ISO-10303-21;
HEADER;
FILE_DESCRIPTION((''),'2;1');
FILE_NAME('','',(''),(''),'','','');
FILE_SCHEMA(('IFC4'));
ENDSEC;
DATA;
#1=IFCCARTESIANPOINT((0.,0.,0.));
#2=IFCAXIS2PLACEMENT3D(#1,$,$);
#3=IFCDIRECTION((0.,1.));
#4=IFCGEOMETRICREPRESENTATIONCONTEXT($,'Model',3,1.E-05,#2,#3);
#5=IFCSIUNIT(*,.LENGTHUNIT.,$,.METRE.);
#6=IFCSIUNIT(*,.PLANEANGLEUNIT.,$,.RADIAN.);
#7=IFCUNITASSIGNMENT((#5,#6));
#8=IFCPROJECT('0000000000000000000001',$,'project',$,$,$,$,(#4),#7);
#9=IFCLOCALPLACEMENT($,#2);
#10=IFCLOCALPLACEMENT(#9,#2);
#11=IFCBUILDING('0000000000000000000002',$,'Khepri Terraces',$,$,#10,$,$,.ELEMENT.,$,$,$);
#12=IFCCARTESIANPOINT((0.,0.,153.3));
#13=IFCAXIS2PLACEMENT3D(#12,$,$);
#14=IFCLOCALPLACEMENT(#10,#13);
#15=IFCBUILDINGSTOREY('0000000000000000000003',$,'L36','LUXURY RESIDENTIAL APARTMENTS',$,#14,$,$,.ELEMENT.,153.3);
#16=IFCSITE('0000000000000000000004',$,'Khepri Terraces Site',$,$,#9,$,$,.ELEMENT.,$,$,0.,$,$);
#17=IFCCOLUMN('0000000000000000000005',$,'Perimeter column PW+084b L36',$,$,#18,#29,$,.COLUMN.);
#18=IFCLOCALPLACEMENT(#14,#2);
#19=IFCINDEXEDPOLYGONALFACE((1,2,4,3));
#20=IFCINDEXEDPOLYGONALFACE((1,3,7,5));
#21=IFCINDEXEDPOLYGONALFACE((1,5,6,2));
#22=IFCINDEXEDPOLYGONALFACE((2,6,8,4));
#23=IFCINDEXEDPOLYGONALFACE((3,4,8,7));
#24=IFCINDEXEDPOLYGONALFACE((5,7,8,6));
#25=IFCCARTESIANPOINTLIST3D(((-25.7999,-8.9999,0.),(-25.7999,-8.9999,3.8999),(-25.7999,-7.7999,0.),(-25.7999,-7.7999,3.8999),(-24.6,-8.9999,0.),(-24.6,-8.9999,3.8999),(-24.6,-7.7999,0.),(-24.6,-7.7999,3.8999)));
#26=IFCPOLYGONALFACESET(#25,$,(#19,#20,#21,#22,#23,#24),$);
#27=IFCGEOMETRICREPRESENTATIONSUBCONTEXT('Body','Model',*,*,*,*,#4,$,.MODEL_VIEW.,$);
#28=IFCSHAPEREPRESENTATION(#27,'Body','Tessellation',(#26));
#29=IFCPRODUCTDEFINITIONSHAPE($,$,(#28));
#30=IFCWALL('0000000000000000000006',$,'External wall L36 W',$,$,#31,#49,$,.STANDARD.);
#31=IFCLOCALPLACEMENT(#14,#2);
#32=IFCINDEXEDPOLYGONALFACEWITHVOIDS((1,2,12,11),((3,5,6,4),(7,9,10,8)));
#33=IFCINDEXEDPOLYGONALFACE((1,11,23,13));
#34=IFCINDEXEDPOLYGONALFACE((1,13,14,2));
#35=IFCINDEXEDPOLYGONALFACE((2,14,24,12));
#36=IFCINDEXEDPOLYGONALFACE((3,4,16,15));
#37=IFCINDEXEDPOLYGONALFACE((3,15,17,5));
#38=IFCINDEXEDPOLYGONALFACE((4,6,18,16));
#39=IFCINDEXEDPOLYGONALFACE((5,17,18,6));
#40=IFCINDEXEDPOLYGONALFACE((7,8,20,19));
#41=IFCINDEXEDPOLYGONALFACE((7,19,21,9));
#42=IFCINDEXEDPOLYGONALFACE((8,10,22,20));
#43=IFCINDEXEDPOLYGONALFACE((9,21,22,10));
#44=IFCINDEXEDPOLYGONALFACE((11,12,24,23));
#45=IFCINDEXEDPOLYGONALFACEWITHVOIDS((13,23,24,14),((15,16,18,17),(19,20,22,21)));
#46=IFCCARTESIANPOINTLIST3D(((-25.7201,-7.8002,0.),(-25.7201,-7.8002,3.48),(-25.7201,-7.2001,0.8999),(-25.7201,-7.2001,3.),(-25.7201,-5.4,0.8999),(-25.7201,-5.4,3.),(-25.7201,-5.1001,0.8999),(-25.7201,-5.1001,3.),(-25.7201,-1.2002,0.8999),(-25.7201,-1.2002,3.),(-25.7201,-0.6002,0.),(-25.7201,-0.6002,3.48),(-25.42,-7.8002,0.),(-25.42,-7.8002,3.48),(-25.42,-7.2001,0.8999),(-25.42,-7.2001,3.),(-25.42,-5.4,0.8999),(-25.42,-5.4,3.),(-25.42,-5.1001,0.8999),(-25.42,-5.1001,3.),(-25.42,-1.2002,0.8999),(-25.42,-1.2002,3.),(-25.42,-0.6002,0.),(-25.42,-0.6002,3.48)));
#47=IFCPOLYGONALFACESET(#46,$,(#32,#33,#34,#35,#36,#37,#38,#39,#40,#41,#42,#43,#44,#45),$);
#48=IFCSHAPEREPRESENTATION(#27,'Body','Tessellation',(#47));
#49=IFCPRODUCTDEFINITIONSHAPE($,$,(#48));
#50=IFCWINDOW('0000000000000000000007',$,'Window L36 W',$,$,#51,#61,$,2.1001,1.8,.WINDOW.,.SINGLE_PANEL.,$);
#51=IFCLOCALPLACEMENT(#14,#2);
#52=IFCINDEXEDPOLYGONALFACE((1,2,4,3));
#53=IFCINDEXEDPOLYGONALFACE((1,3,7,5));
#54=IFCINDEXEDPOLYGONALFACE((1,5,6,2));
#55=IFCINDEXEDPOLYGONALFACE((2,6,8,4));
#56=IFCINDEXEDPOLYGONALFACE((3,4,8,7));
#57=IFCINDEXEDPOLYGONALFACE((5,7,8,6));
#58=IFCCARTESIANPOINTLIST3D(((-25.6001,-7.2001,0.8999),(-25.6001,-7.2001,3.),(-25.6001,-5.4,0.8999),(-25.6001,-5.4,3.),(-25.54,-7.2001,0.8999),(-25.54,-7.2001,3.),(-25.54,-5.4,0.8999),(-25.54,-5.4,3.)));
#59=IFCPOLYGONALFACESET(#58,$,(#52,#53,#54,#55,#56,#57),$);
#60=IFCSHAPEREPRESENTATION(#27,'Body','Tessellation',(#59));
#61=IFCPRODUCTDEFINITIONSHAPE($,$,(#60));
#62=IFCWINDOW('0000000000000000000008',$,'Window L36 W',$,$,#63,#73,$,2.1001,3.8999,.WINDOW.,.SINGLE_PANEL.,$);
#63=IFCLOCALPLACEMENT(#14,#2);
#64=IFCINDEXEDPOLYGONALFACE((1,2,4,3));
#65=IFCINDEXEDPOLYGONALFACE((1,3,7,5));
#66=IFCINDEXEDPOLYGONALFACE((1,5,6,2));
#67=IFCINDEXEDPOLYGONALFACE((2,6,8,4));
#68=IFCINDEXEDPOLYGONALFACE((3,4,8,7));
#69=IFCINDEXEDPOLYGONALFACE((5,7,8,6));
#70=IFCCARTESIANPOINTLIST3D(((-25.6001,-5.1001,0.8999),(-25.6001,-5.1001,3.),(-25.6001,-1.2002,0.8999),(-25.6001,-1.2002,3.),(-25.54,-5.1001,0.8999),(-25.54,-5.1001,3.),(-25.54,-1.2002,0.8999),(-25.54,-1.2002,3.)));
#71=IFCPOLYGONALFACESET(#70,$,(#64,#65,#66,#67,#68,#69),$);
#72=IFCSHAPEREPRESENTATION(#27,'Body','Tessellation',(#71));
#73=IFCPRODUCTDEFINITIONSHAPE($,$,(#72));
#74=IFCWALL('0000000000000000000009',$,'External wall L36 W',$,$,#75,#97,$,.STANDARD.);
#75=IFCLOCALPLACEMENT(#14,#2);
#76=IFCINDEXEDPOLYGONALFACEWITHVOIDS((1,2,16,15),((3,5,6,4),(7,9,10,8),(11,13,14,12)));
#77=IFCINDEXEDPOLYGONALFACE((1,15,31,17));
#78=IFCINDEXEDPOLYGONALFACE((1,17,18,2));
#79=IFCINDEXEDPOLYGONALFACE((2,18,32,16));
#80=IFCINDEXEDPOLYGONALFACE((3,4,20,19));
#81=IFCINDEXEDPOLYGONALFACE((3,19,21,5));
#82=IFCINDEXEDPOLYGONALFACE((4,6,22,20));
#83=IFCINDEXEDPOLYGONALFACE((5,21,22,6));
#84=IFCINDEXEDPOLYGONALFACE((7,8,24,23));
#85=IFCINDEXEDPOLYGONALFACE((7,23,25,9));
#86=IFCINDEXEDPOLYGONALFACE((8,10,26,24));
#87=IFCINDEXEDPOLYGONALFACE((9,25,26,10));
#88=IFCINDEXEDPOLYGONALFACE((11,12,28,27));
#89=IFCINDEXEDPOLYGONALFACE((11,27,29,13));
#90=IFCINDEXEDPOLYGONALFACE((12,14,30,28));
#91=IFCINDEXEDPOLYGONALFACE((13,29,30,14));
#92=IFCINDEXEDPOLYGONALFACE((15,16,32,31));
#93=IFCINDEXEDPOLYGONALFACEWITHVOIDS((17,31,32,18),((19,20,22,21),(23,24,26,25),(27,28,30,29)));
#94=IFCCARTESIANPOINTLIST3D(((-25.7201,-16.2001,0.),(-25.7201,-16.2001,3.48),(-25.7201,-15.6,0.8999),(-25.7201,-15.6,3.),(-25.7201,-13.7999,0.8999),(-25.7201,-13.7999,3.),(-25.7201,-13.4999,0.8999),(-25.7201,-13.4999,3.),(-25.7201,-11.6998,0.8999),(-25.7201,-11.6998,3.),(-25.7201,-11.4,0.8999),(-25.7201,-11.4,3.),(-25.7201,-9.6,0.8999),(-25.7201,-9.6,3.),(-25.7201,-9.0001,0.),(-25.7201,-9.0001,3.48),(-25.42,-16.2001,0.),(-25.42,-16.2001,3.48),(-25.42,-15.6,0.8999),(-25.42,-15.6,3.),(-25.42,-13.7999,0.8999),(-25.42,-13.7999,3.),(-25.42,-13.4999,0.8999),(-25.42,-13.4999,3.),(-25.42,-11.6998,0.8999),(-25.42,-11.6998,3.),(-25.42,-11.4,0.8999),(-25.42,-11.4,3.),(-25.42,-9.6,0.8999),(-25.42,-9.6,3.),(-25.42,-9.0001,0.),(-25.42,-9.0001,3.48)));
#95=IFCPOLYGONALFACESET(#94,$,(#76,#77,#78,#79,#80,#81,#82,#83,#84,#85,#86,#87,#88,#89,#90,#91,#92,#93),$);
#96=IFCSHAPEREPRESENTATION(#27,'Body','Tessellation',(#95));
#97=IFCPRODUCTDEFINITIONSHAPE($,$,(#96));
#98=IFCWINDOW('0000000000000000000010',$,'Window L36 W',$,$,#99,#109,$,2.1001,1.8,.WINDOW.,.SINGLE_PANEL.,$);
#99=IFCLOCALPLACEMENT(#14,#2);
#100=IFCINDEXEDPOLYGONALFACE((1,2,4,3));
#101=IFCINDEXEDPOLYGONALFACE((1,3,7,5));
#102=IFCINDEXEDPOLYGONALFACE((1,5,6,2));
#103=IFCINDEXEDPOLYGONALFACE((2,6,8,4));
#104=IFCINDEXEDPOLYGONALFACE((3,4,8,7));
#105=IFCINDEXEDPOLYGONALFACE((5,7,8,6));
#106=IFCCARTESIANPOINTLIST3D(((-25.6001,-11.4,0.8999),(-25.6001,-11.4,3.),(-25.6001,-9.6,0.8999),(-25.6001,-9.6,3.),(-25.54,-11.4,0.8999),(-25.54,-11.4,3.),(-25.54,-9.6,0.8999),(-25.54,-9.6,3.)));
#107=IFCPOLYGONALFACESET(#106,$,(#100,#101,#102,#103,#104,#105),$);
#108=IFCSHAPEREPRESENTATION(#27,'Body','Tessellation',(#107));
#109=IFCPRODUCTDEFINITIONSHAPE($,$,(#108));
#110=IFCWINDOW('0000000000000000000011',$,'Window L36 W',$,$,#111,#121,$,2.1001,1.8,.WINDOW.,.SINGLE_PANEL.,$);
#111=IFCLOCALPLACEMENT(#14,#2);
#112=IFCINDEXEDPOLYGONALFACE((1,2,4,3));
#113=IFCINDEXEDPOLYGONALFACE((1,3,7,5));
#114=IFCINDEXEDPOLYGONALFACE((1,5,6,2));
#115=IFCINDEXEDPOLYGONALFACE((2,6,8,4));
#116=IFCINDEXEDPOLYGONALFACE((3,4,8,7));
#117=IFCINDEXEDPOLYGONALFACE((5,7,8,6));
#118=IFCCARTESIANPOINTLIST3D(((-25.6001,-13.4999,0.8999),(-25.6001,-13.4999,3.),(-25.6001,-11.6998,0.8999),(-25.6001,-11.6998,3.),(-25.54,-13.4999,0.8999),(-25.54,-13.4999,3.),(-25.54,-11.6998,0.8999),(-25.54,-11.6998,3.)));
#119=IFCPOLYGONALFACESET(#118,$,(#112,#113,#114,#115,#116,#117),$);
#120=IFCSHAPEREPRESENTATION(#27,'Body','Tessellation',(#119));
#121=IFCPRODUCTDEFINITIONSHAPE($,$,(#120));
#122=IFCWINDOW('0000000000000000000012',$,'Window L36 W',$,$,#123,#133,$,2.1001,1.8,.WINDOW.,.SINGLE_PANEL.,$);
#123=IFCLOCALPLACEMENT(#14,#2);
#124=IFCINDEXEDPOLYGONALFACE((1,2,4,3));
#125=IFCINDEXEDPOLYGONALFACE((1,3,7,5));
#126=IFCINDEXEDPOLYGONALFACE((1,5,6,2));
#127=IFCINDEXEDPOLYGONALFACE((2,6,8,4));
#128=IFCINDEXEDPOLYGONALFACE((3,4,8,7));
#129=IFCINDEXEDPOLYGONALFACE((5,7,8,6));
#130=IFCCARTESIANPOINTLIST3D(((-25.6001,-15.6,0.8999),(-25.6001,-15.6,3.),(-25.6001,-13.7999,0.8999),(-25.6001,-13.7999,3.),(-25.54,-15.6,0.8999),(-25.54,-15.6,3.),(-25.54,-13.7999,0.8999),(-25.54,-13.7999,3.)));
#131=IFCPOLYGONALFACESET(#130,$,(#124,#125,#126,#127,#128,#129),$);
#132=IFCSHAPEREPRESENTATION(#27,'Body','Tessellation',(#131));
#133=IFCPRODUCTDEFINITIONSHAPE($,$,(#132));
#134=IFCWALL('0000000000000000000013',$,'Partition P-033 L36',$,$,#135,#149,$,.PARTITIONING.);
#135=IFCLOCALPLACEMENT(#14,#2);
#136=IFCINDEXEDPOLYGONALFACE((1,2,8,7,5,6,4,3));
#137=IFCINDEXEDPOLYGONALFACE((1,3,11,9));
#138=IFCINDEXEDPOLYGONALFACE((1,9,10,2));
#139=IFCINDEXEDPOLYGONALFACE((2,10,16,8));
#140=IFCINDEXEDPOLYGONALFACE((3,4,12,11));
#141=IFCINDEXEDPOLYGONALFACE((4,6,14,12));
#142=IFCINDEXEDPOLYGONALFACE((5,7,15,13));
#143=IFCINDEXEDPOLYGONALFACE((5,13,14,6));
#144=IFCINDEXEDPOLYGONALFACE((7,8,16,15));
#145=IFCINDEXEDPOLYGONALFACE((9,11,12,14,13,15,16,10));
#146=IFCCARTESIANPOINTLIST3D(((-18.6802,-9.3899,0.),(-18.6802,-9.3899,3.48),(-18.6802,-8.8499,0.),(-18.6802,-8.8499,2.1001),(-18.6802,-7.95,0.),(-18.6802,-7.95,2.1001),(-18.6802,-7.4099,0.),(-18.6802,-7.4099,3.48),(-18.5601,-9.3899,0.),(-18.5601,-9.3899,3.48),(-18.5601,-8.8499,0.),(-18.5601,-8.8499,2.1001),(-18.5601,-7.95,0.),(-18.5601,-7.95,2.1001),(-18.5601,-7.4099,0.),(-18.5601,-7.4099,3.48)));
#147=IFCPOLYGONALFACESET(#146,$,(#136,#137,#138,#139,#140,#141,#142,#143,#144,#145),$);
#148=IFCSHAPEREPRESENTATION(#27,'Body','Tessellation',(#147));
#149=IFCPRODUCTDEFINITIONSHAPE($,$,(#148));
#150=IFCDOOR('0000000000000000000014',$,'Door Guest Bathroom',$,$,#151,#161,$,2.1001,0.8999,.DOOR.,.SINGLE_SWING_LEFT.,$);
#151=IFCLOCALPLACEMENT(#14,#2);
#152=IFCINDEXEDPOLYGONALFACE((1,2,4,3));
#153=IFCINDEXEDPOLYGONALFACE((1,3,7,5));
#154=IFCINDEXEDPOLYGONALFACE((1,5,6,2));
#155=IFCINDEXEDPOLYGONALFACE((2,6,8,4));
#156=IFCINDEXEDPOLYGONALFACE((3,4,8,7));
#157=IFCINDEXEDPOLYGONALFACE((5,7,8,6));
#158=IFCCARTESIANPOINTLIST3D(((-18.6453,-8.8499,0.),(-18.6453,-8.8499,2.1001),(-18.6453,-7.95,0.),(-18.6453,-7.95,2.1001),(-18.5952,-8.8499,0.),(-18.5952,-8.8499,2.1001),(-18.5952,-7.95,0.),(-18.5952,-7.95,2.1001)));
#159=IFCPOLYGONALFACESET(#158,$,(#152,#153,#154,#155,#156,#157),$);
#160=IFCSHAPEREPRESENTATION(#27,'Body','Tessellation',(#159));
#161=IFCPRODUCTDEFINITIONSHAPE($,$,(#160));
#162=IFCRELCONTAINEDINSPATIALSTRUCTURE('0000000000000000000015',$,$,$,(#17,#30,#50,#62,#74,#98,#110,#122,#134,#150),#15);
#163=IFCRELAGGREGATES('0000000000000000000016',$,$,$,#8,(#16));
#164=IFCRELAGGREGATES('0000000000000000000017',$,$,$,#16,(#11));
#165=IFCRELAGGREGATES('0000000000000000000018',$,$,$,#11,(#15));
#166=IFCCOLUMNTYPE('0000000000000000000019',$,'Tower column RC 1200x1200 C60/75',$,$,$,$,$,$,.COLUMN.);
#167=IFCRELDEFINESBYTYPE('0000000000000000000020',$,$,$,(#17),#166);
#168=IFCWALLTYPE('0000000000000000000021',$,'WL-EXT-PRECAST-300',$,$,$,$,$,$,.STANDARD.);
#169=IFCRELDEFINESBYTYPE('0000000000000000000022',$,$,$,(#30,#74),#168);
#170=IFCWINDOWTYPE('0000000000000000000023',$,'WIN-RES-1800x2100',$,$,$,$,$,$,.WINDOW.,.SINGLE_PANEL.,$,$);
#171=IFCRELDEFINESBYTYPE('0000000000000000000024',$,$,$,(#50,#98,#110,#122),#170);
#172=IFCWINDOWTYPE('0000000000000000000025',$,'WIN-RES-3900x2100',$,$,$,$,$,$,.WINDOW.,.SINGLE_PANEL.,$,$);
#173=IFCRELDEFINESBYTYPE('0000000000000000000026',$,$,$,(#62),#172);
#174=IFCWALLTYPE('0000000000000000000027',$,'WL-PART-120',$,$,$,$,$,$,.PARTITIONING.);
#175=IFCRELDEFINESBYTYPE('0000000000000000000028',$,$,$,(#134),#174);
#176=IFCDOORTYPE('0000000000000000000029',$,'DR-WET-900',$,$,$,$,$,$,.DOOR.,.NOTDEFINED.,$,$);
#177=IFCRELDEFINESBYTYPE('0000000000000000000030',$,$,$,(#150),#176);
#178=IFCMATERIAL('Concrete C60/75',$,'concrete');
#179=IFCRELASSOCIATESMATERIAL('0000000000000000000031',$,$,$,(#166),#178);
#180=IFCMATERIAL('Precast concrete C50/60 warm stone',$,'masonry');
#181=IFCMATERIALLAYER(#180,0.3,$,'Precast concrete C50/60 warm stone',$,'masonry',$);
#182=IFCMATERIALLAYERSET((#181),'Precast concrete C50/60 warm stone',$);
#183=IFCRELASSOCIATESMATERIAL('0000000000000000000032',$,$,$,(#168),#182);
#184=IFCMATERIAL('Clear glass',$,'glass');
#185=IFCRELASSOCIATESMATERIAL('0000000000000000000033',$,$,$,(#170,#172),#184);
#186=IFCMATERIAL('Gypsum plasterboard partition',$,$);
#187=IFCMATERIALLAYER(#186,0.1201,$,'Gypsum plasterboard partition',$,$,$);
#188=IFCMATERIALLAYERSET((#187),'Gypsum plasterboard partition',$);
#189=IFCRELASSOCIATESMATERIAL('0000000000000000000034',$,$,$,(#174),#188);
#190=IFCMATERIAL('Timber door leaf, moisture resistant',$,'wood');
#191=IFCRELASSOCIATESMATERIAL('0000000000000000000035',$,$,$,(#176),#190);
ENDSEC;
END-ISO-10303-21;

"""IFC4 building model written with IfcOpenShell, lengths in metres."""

from ifc_helpers import new_model, si_unit, direction, frame, frame_2d, origin, origin_2d, place, context, subcontext, project, spatial, rectangle, extrude, material, layer, layer_set, material_profile, profile_set, type_object, element, fill, save


model = new_model("IFC4")

# Units and contexts
model_context = context("Model", 3, precision=1e-05, world=origin(), true_north=direction((0.0, 1.0)))
body_context = subcontext(model_context, "Body", "Model", "MODEL_VIEW")
ifc_project = project(units=[si_unit("LENGTHUNIT", "METRE"), si_unit("PLANEANGLEUNIT", "RADIAN")], contexts=[model_context])

# Site, building, storey
site_placement = place(None, origin())
site = spatial("IfcSite", under=ifc_project, at=site_placement, Name="Khepri Terraces Site", CompositionType="ELEMENT", RefElevation=0.0)
building_placement = place(site_placement, origin())
building = spatial("IfcBuilding", under=site, at=building_placement, Name="Khepri Terraces", CompositionType="ELEMENT")
storey_placement = place(building_placement, frame((0.0, 0.0, 153.3)))
storey = spatial("IfcBuildingStorey", under=building, at=storey_placement, Name="L36", Description="LUXURY RESIDENTIAL APARTMENTS", CompositionType="ELEMENT", Elevation=153.3)

# Column
ifc_material_1 = material(Name="Concrete C60/75", Category="concrete")
ifc_material_profile = material_profile(ifc_material_1, rectangle(XDim=1.2, YDim=1.2, at=origin_2d()), Name="Concrete C60/75", Category="concrete")
ifc_profile_set = profile_set([ifc_material_profile], Name="Concrete C60/75")
column_type = type_object("IfcColumnType", Name="Tower column RC 1200x1200 C60/75", PredefinedType="COLUMN", material=ifc_profile_set)
column_placement = place(storey_placement, frame((-25.2, -8.3999, 0.0), z_axis=(0.0, 0.0, 1.0), x_axis=(1.0, 0.0, 0.0)))
element("IfcColumn", 1, at=column_placement, inside=storey, type_object=column_type, Name="Perimeter column PW+084b L36", PredefinedType="COLUMN", context=body_context, shape_type="SweptSolid", body=[
    extrude(rectangle(XDim=1.2, YDim=1.2, at=origin_2d()), origin(), (0.0, 0.0, 1.0), 3.8999),
])

# Walls, openings, windows
ifc_material_2 = material(Name="Precast concrete C50/60 warm stone", Category="masonry")
ifc_layer_1 = layer(ifc_material_2, 0.3, Name="Precast concrete C50/60 warm stone", Category="masonry")
ifc_layer_set_1 = layer_set([ifc_layer_1], Name="Precast concrete C50/60 warm stone")
wall_type_1 = type_object("IfcWallType", Name="WL-EXT-PRECAST-300", PredefinedType="STANDARD", material=ifc_layer_set_1)
wall_1_placement = place(storey_placement, frame((-25.5701, -0.6001, 0.0), z_axis=(0.0, 0.0, 1.0), x_axis=(0.0, -1.0, 0.0)))
wall_1 = element("IfcWall", 2, at=wall_1_placement, inside=storey, type_object=wall_type_1, Name="External wall L36 W", PredefinedType="STANDARD", context=body_context, shape_type="SweptSolid", body=[
    extrude(rectangle(XDim=7.2, YDim=0.3, at=frame_2d((3.6001, 0.0))), origin(), (0.0, 0.0, 1.0), 3.48),
])
opening_1_placement = place(wall_1_placement, frame((0.6001, 0.0, 0.8999)))
opening_1 = element("IfcOpeningElement", 3, at=opening_1_placement, cuts=wall_1, PredefinedType="OPENING", context=body_context, shape_type="SweptSolid", body=[
    extrude(rectangle(XDim=3.8999, YDim=2.1001, at=frame_2d((1.95, 1.05))), frame((0.0, 0.1602, 0.0), z_axis=(0.0, -1.0, 0.0), x_axis=(1.0, 0.0, 0.0)), (0.0, 0.0, 1.0), 0.3201),
])
opening_2_placement = place(wall_1_placement, frame((4.8, 0.0, 0.8999)))
opening_2 = element("IfcOpeningElement", 4, at=opening_2_placement, cuts=wall_1, PredefinedType="OPENING", context=body_context, shape_type="SweptSolid", body=[
    extrude(rectangle(XDim=1.8, YDim=2.1001, at=frame_2d((0.8999, 1.05))), frame((0.0, 0.1602, 0.0), z_axis=(0.0, -1.0, 0.0), x_axis=(1.0, 0.0, 0.0)), (0.0, 0.0, 1.0), 0.3201),
])
ifc_material_3 = material(Name="Clear glass", Category="glass")
window_type_1 = type_object("IfcWindowType", Name="WIN-RES-1800x2100", PartitioningType="SINGLE_PANEL", PredefinedType="WINDOW", material=ifc_material_3)
window_1_placement = place(opening_2_placement, origin())
window_1 = element("IfcWindow", 5, at=window_1_placement, inside=storey, type_object=window_type_1, Name="Window L36 W", OverallHeight=2.1001, OverallWidth=1.8, PartitioningType="SINGLE_PANEL", PredefinedType="WINDOW", context=body_context, shape_type="SweptSolid", body=[
    extrude(rectangle(XDim=1.8, YDim=2.1001, at=frame_2d((0.8999, 1.05))), frame((0.0, 0.03, 0.0), z_axis=(0.0, -1.0, 0.0), x_axis=(1.0, 0.0, 0.0)), (0.0, 0.0, 1.0), 0.0601),
])
fill(opening_2, window_1)
window_type_2 = type_object("IfcWindowType", Name="WIN-RES-3900x2100", PartitioningType="SINGLE_PANEL", PredefinedType="WINDOW", material=ifc_material_3)
window_2_placement = place(opening_1_placement, origin())
window_2 = element("IfcWindow", 6, at=window_2_placement, inside=storey, type_object=window_type_2, Name="Window L36 W", OverallHeight=2.1001, OverallWidth=3.8999, PartitioningType="SINGLE_PANEL", PredefinedType="WINDOW", context=body_context, shape_type="SweptSolid", body=[
    extrude(rectangle(XDim=3.8999, YDim=2.1001, at=frame_2d((1.95, 1.05))), frame((0.0, 0.03, 0.0), z_axis=(0.0, -1.0, 0.0), x_axis=(1.0, 0.0, 0.0)), (0.0, 0.0, 1.0), 0.0601),
])
fill(opening_1, window_2)
wall_2_placement = place(storey_placement, frame((-25.5701, -9.0, 0.0), z_axis=(0.0, 0.0, 1.0), x_axis=(0.0, -1.0, 0.0)))
wall_2 = element("IfcWall", 7, at=wall_2_placement, inside=storey, type_object=wall_type_1, Name="External wall L36 W", PredefinedType="STANDARD", context=body_context, shape_type="SweptSolid", body=[
    extrude(rectangle(XDim=7.2, YDim=0.3, at=frame_2d((3.6001, 0.0))), origin(), (0.0, 0.0, 1.0), 3.48),
])
opening_3_placement = place(wall_2_placement, frame((0.6001, 0.0, 0.8999)))
opening_3 = element("IfcOpeningElement", 8, at=opening_3_placement, cuts=wall_2, PredefinedType="OPENING", context=body_context, shape_type="SweptSolid", body=[
    extrude(rectangle(XDim=1.8, YDim=2.1001, at=frame_2d((0.8999, 1.05))), frame((0.0, 0.1602, 0.0), z_axis=(0.0, -1.0, 0.0), x_axis=(1.0, 0.0, 0.0)), (0.0, 0.0, 1.0), 0.3201),
])
opening_4_placement = place(wall_2_placement, frame((2.7, 0.0, 0.8999)))
opening_4 = element("IfcOpeningElement", 9, at=opening_4_placement, cuts=wall_2, PredefinedType="OPENING", context=body_context, shape_type="SweptSolid", body=[
    extrude(rectangle(XDim=1.8, YDim=2.1001, at=frame_2d((0.8999, 1.05))), frame((0.0, 0.1602, 0.0), z_axis=(0.0, -1.0, 0.0), x_axis=(1.0, 0.0, 0.0)), (0.0, 0.0, 1.0), 0.3201),
])
opening_5_placement = place(wall_2_placement, frame((4.8, 0.0, 0.8999)))
opening_5 = element("IfcOpeningElement", 10, at=opening_5_placement, cuts=wall_2, PredefinedType="OPENING", context=body_context, shape_type="SweptSolid", body=[
    extrude(rectangle(XDim=1.8, YDim=2.1001, at=frame_2d((0.8999, 1.05))), frame((0.0, 0.1602, 0.0), z_axis=(0.0, -1.0, 0.0), x_axis=(1.0, 0.0, 0.0)), (0.0, 0.0, 1.0), 0.3201),
])
window_3_placement = place(opening_3_placement, origin())
window_3 = element("IfcWindow", 11, at=window_3_placement, inside=storey, type_object=window_type_1, Name="Window L36 W", OverallHeight=2.1001, OverallWidth=1.8, PartitioningType="SINGLE_PANEL", PredefinedType="WINDOW", context=body_context, shape_type="SweptSolid", body=[
    extrude(rectangle(XDim=1.8, YDim=2.1001, at=frame_2d((0.8999, 1.05))), frame((0.0, 0.03, 0.0), z_axis=(0.0, -1.0, 0.0), x_axis=(1.0, 0.0, 0.0)), (0.0, 0.0, 1.0), 0.0601),
])
fill(opening_3, window_3)
window_4_placement = place(opening_4_placement, origin())
window_4 = element("IfcWindow", 12, at=window_4_placement, inside=storey, type_object=window_type_1, Name="Window L36 W", OverallHeight=2.1001, OverallWidth=1.8, PartitioningType="SINGLE_PANEL", PredefinedType="WINDOW", context=body_context, shape_type="SweptSolid", body=[
    extrude(rectangle(XDim=1.8, YDim=2.1001, at=frame_2d((0.8999, 1.05))), frame((0.0, 0.03, 0.0), z_axis=(0.0, -1.0, 0.0), x_axis=(1.0, 0.0, 0.0)), (0.0, 0.0, 1.0), 0.0601),
])
fill(opening_4, window_4)
window_5_placement = place(opening_5_placement, origin())
window_5 = element("IfcWindow", 13, at=window_5_placement, inside=storey, type_object=window_type_1, Name="Window L36 W", OverallHeight=2.1001, OverallWidth=1.8, PartitioningType="SINGLE_PANEL", PredefinedType="WINDOW", context=body_context, shape_type="SweptSolid", body=[
    extrude(rectangle(XDim=1.8, YDim=2.1001, at=frame_2d((0.8999, 1.05))), frame((0.0, 0.03, 0.0), z_axis=(0.0, -1.0, 0.0), x_axis=(1.0, 0.0, 0.0)), (0.0, 0.0, 1.0), 0.0601),
])
fill(opening_5, window_5)

# Wall, opening, door
ifc_material_4 = material(Name="Gypsum plasterboard partition")
ifc_layer_2 = layer(ifc_material_4, 0.1201, Name="Gypsum plasterboard partition")
ifc_layer_set_2 = layer_set([ifc_layer_2], Name="Gypsum plasterboard partition")
wall_type_2 = type_object("IfcWallType", Name="WL-PART-120", PredefinedType="PARTITIONING", material=ifc_layer_set_2)
wall_3_placement = place(storey_placement, frame((-18.6201, -9.3899, 0.0), z_axis=(0.0, 0.0, 1.0), x_axis=(0.0, 1.0, 0.0)))
wall_3 = element("IfcWall", 14, at=wall_3_placement, inside=storey, type_object=wall_type_2, Name="Partition P-033 L36", PredefinedType="PARTITIONING", context=body_context, shape_type="SweptSolid", body=[
    extrude(rectangle(XDim=1.98, YDim=0.1201, at=frame_2d((0.99, 0.0))), origin(), (0.0, 0.0, 1.0), 3.48),
])
opening_6_placement = place(wall_3_placement, frame((0.54, 0.0, 0.0)))
opening_6 = element("IfcOpeningElement", 15, at=opening_6_placement, cuts=wall_3, PredefinedType="OPENING", context=body_context, shape_type="SweptSolid", body=[
    extrude(rectangle(XDim=0.8999, YDim=2.1001, at=frame_2d((0.45, 1.05))), frame((0.0, 0.0701, 0.0), z_axis=(0.0, -1.0, 0.0), x_axis=(1.0, 0.0, 0.0)), (0.0, 0.0, 1.0), 0.1401),
])
ifc_material_5 = material(Name="Timber door leaf, moisture resistant", Category="wood")
door_type_1 = type_object("IfcDoorType", Name="DR-WET-900", OperationType="NOTDEFINED", PredefinedType="DOOR", material=ifc_material_5)
door_1_placement = place(opening_6_placement, frame((0.8999, 0.0, 0.0), z_axis=(0.0, 0.0, 1.0), x_axis=(-1.0, 0.0, 0.0)))
door_1 = element("IfcDoor", 16, at=door_1_placement, inside=storey, type_object=door_type_1, Name="Door Guest Bathroom", OperationType="SINGLE_SWING_LEFT", OverallHeight=2.1001, OverallWidth=0.8999, PredefinedType="DOOR", context=body_context, shape_type="SweptSolid", body=[
    extrude(rectangle(XDim=0.8999, YDim=2.1001, at=frame_2d((0.45, 1.05))), frame((0.0, 0.0249, 0.0), z_axis=(0.0, -1.0, 0.0), x_axis=(1.0, 0.0, 0.0)), (0.0, 0.0, 1.0), 0.05),
])
fill(opening_6, door_1)

save(model, "model.ifc")
